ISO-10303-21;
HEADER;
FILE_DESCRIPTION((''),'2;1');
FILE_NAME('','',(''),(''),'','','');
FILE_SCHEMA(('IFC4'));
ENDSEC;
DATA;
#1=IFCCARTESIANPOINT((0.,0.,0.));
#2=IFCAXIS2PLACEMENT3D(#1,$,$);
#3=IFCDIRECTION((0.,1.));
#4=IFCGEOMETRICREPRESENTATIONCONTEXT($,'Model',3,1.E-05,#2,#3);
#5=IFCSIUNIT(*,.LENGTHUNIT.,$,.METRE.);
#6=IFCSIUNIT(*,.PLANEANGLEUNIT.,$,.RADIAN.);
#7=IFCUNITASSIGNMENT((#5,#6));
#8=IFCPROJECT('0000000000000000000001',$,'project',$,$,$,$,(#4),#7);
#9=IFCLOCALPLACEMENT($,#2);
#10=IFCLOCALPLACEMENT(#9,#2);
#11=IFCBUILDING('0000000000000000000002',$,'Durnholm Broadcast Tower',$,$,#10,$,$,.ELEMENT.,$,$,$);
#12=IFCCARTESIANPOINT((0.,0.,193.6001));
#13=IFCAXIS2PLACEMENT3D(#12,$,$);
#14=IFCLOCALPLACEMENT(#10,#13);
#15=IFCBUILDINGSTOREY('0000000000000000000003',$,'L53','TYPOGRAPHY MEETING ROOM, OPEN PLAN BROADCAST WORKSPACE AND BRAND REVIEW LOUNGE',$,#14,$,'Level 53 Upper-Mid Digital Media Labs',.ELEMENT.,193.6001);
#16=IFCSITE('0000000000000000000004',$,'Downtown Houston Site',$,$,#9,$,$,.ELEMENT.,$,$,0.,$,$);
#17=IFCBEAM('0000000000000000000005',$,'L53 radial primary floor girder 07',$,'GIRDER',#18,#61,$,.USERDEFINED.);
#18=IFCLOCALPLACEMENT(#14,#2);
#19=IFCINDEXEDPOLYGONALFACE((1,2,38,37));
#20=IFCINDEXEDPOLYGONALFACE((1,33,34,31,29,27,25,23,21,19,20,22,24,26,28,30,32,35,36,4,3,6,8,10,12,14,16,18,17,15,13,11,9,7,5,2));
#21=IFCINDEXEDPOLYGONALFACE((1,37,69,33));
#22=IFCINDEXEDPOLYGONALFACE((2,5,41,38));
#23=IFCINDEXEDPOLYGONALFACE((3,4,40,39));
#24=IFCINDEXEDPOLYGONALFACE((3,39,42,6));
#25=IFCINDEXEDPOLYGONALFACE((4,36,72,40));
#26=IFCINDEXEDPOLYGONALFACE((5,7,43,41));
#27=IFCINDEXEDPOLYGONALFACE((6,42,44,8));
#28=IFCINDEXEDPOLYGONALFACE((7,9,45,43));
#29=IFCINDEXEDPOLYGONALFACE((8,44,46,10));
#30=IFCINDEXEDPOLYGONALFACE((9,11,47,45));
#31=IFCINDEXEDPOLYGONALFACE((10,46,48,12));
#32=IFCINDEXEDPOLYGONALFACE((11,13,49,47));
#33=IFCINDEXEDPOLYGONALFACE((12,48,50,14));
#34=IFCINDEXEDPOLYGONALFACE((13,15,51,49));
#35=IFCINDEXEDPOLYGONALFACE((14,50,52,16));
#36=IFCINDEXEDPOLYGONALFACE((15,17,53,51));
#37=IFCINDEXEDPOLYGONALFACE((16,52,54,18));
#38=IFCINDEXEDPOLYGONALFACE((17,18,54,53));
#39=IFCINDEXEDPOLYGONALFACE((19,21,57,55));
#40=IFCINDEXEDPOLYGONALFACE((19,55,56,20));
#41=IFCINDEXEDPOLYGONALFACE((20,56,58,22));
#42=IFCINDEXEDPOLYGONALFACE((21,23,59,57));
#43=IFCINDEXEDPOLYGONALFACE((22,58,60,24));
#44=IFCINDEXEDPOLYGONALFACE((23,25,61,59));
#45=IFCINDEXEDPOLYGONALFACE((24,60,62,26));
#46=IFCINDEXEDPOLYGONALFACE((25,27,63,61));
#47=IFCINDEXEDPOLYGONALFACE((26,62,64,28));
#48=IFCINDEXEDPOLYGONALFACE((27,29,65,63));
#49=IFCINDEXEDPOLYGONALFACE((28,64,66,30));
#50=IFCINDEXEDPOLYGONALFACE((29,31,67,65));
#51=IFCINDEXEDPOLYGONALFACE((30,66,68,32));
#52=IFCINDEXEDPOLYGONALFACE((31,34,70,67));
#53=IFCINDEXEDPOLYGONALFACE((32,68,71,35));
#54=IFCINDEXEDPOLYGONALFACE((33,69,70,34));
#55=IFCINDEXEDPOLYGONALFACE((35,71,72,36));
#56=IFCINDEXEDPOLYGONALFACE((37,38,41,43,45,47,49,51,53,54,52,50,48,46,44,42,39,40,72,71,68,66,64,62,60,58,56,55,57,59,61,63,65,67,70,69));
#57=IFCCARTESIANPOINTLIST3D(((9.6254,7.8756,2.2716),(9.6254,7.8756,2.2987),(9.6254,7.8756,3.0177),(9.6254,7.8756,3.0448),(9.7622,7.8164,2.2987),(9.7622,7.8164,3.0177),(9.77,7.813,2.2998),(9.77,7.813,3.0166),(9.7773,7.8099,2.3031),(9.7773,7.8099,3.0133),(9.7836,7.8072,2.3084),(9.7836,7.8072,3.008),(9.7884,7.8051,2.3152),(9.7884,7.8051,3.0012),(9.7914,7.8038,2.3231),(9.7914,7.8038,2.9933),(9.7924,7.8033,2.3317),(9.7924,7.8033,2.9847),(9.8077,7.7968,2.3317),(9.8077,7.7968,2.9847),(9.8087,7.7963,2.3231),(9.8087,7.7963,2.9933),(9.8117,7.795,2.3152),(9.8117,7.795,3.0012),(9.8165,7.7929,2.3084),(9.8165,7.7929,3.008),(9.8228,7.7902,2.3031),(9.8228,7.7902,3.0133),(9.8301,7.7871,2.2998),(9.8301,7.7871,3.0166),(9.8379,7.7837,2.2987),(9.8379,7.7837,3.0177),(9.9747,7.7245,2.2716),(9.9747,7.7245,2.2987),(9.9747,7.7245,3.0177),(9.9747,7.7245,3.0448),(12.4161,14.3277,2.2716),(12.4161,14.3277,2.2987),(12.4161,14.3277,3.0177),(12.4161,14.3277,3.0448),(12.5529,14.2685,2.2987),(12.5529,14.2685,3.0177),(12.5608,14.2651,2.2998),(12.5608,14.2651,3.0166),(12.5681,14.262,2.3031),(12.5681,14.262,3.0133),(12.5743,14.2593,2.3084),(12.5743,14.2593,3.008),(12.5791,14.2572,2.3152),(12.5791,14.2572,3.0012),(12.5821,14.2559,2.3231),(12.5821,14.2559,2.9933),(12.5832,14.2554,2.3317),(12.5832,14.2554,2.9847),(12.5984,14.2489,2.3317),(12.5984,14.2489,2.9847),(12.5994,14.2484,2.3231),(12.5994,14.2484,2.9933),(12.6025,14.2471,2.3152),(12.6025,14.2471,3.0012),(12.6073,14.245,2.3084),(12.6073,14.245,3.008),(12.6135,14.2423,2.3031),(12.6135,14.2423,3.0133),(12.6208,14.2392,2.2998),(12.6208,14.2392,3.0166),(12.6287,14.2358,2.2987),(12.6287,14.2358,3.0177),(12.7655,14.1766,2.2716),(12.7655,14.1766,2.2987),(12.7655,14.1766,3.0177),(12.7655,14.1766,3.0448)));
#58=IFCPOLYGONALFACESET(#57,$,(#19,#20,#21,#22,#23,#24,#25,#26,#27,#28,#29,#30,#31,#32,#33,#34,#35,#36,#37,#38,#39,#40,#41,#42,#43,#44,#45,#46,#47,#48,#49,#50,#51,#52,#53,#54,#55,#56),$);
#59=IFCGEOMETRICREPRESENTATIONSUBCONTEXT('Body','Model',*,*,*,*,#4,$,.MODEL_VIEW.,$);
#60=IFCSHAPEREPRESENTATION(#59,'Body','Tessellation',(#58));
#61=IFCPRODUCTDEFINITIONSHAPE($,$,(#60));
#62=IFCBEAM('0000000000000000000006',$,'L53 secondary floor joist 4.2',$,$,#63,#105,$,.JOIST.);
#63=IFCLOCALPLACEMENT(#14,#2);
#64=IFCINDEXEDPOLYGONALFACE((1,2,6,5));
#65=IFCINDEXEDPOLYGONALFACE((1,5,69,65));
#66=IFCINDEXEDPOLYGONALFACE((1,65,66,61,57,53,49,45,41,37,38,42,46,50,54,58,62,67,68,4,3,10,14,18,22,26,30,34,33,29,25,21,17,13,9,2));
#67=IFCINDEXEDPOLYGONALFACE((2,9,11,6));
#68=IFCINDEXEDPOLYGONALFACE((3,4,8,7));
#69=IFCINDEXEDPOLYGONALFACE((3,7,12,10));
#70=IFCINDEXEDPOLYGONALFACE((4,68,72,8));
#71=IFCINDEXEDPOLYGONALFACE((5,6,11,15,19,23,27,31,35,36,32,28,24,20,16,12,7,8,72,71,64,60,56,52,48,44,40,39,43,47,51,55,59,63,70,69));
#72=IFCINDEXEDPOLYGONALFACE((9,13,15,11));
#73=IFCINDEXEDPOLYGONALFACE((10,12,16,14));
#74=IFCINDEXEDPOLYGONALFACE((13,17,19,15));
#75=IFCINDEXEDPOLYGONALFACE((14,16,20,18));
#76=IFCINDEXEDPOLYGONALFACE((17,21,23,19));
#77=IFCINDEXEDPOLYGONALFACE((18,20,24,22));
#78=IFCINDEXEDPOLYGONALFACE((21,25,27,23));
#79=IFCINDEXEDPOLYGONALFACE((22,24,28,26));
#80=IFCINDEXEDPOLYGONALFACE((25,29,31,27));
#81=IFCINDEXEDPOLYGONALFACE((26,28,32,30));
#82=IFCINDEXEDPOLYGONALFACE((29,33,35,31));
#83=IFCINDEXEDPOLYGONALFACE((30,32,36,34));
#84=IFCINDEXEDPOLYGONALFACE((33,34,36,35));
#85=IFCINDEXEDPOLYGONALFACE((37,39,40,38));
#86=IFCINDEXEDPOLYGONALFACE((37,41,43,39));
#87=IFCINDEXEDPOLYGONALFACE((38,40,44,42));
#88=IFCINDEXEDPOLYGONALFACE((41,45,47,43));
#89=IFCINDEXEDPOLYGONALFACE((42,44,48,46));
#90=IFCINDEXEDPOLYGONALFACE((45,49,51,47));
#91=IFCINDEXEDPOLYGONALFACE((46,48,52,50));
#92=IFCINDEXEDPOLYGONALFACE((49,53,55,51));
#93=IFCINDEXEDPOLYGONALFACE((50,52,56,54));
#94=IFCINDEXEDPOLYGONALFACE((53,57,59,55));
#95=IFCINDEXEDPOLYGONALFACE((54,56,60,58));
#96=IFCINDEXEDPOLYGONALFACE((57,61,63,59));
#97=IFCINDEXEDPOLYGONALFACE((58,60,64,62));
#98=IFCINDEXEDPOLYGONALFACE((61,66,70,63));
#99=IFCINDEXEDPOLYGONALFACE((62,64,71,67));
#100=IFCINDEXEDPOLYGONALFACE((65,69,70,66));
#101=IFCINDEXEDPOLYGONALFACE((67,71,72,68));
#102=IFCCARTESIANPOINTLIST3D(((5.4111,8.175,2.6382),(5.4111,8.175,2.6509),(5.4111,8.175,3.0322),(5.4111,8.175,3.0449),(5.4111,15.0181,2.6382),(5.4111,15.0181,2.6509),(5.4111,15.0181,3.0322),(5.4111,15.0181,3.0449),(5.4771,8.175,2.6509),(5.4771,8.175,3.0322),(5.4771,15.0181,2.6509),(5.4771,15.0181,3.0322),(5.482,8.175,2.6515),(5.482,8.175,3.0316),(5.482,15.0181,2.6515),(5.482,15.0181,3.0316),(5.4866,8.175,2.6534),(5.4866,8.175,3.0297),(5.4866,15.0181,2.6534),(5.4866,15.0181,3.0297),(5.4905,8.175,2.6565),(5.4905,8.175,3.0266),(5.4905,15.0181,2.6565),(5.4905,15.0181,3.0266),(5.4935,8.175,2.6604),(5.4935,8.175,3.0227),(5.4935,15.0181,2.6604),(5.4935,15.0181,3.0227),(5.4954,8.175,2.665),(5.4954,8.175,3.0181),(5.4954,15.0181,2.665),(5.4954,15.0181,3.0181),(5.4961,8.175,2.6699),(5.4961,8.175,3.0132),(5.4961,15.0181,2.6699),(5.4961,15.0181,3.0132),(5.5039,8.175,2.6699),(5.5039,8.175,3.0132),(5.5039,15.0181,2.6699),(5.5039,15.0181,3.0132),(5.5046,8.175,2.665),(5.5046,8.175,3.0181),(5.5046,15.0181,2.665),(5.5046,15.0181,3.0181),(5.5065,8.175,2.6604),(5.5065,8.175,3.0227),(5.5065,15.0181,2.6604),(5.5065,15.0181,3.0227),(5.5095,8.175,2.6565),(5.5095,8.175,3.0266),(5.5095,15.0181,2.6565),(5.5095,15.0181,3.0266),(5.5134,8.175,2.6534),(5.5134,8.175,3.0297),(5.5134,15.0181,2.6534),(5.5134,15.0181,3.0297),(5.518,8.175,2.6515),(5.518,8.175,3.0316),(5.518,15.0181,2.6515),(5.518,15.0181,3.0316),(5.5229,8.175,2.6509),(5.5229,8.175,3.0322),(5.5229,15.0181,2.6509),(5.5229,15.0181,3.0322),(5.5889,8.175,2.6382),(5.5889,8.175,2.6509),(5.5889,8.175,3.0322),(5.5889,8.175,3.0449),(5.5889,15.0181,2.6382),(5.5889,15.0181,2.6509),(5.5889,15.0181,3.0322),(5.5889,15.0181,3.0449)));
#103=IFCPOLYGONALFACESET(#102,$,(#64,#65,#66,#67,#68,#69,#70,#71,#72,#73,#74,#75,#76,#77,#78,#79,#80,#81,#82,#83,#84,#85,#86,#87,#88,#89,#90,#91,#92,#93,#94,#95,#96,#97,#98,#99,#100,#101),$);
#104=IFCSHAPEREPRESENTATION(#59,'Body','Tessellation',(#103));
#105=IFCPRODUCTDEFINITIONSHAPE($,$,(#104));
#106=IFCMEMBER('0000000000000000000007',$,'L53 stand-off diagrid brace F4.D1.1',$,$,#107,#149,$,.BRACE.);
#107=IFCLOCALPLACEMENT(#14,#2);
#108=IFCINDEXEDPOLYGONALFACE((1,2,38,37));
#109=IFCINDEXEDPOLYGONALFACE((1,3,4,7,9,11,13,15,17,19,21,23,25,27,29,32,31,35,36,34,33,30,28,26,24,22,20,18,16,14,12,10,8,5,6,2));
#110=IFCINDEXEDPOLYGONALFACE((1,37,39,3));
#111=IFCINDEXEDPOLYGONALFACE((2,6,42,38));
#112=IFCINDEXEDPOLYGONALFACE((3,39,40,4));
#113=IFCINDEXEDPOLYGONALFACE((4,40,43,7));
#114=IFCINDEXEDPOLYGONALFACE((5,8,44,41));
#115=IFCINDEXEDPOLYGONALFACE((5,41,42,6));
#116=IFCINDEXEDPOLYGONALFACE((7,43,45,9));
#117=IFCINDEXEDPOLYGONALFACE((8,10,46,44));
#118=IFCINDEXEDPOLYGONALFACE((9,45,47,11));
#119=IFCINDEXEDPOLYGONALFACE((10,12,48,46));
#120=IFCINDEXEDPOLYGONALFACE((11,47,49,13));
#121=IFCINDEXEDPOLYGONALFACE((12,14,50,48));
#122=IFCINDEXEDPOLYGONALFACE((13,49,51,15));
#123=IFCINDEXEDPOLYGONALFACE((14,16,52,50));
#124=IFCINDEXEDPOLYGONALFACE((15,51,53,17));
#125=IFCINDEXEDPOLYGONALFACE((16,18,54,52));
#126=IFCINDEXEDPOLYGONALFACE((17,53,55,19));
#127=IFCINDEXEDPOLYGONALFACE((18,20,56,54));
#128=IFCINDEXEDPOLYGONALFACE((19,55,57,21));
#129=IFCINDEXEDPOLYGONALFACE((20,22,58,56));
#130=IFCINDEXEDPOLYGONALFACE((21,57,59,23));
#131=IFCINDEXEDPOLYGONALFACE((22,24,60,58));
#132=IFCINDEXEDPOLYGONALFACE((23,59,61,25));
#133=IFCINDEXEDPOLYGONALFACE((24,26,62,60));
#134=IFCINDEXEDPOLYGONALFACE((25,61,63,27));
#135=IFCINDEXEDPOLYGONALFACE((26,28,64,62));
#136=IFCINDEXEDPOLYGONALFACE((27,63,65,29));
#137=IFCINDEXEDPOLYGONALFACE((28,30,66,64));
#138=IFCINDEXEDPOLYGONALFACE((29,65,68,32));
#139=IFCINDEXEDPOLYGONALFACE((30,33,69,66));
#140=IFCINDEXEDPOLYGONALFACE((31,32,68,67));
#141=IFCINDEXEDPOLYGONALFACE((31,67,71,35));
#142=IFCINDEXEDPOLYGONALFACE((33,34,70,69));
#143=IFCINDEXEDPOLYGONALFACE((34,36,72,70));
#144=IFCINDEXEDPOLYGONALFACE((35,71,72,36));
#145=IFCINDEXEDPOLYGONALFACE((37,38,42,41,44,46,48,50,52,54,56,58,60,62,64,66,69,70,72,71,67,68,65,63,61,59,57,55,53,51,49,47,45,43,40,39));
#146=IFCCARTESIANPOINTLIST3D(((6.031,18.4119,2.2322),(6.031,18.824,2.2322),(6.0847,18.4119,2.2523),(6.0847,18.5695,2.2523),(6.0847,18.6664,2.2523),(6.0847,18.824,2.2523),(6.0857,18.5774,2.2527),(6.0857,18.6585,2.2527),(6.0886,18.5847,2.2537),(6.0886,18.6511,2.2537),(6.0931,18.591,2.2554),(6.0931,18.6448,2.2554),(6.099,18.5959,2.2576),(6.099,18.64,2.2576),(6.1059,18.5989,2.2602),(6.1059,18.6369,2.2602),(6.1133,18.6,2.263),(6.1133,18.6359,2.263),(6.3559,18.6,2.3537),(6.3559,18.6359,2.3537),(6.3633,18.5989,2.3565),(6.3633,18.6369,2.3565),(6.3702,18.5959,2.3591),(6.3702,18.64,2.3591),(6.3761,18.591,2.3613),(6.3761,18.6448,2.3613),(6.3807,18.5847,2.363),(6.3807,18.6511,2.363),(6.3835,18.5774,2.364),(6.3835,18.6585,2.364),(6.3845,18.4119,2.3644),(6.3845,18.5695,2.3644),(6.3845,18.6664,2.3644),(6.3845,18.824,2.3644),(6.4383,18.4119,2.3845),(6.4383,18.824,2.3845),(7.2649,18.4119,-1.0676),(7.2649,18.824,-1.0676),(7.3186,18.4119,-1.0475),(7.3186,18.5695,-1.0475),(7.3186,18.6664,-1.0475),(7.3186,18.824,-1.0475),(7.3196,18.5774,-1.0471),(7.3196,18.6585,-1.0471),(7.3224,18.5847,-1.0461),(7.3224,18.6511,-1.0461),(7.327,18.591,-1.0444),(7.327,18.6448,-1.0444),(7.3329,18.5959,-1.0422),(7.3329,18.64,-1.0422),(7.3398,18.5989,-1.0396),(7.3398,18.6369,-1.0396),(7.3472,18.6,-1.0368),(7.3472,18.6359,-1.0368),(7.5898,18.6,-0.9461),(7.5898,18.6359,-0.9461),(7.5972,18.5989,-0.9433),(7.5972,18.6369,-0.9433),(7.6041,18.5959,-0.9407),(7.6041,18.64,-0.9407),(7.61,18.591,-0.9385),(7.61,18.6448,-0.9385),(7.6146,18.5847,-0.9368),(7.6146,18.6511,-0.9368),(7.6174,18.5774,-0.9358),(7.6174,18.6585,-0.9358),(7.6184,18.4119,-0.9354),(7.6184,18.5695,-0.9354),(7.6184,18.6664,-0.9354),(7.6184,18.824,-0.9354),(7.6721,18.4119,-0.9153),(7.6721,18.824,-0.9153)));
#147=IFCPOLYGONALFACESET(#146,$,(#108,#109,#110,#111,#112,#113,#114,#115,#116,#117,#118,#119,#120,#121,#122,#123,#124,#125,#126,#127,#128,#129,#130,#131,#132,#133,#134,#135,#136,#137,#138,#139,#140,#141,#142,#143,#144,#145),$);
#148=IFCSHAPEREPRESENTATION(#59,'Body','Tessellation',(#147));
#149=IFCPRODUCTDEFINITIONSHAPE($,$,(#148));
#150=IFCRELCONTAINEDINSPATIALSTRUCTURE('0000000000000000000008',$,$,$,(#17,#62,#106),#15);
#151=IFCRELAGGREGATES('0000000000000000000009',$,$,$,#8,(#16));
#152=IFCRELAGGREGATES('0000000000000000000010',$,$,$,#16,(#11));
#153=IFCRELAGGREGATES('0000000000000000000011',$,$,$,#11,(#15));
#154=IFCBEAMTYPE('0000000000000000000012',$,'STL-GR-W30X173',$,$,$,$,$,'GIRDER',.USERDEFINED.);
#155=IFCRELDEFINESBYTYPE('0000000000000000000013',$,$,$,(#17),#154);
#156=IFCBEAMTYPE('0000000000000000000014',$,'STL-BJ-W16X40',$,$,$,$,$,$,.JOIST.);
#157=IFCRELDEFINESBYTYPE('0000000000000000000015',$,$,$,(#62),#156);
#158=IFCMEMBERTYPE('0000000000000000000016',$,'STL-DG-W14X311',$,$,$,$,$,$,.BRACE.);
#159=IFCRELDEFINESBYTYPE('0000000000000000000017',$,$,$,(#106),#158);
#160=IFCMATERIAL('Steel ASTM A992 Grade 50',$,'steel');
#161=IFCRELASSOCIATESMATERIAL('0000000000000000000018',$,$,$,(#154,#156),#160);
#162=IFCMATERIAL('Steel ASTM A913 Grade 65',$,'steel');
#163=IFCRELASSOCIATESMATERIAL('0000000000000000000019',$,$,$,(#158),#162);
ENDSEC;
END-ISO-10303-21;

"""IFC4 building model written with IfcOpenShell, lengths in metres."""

from ifc_helpers import new_model, si_unit, direction, frame, origin, origin_2d, place, context, subcontext, project, spatial, i_section, extrude, source, transform, mapped, material, material_profile, profile_set, type_object, type_shapes, element, save


model = new_model("IFC4")

# Units and contexts
model_context = context("Model", 3, precision=1e-05, world=origin(), true_north=direction((0.0, 1.0)))
body_context = subcontext(model_context, "Body", "Model", "MODEL_VIEW")
ifc_project = project(units=[si_unit("LENGTHUNIT", "METRE"), si_unit("PLANEANGLEUNIT", "RADIAN")], contexts=[model_context])

# Site, building, storey
site_placement = place(None, origin())
site = spatial("IfcSite", under=ifc_project, at=site_placement, Name="Downtown Houston Site", CompositionType="ELEMENT", RefElevation=0.0)
building_placement = place(site_placement, origin())
building = spatial("IfcBuilding", under=site, at=building_placement, Name="Durnholm Broadcast Tower", CompositionType="ELEMENT")
storey_placement = place(building_placement, frame((0.0, 0.0, 193.6001)))
storey = spatial("IfcBuildingStorey", under=building, at=storey_placement, Name="L53", Description="TYPOGRAPHY MEETING ROOM, OPEN PLAN BROADCAST WORKSPACE AND BRAND REVIEW LOUNGE", LongName="Level 53 Upper-Mid Digital Media Labs", CompositionType="ELEMENT", Elevation=193.6001)

# Beams
ifc_material_1 = material(Name="Steel ASTM A992 Grade 50", Category="steel")
ifc_material_profile_1 = material_profile(ifc_material_1, i_section(OverallWidth=0.3806, OverallDepth=0.7732, WebThickness=0.0166, FlangeThickness=0.0271, FilletRadius=0.033, at=origin_2d()), Name="W30X173")
ifc_profile_set_1 = profile_set([ifc_material_profile_1], Name="Steel ASTM A992 Grade 50")
beam_type_1 = type_object("IfcBeamType", Name="STL-GR-W30X173", ElementType="GIRDER", PredefinedType="USERDEFINED", material=ifc_profile_set_1)
shared_shape_1 = source(origin(), body_context, "Body", "SweptSolid", [
    extrude(i_section(OverallWidth=0.3806, OverallDepth=0.7732, WebThickness=0.0166, FlangeThickness=0.0271, FilletRadius=0.033, at=origin_2d()), origin(), (0.0, 0.0, 1.0), 7.0298),
])
beam_1_placement = place(storey_placement, frame((9.8, 7.8, 2.6582), z_axis=(0.396989, 0.917823, 0.0), x_axis=(-0.917823, 0.396989, 0.0)))
element("IfcBeam", 1, at=beam_1_placement, inside=storey, type_object=beam_type_1, Name="L53 radial primary floor girder 07", ObjectType="GIRDER", PredefinedType="USERDEFINED", context=body_context, shape_type="MappedRepresentation", body=[
    mapped(shared_shape_1, transform((0.0, 0.0, 0.0), x_axis=(1.0, 0.0, 0.0), y_axis=(0.0, 1.0, 0.0), z_axis=(0.0, 0.0, 1.0), scale=1.0)),
])
ifc_material_profile_2 = material_profile(ifc_material_1, i_section(OverallWidth=0.1777, OverallDepth=0.4067, WebThickness=0.0078, FlangeThickness=0.0127, FilletRadius=0.019, at=origin_2d()), Name="W16X40")
ifc_profile_set_2 = profile_set([ifc_material_profile_2], Name="Steel ASTM A992 Grade 50")
beam_type_2 = type_object("IfcBeamType", Name="STL-BJ-W16X40", PredefinedType="JOIST", material=ifc_profile_set_2)
shared_shape_2 = source(origin(), body_context, "Body", "SweptSolid", [
    extrude(i_section(OverallWidth=0.1777, OverallDepth=0.4067, WebThickness=0.0078, FlangeThickness=0.0127, FilletRadius=0.019, at=origin_2d()), origin(), (0.0, 0.0, 1.0), 6.843),
])
type_shapes(beam_type_2, [shared_shape_2])
beam_2_placement = place(storey_placement, frame((5.5, 8.175, 2.8416), z_axis=(0.0, 1.0, 0.0), x_axis=(-1.0, 0.0, 0.0)))
element("IfcBeam", 2, at=beam_2_placement, inside=storey, type_object=beam_type_2, Name="L53 secondary floor joist 4.2", PredefinedType="JOIST", context=body_context, shape_type="MappedRepresentation", body=[
    mapped(shared_shape_2, transform((0.0, 0.0, 0.0), x_axis=(1.0, 0.0, 0.0), y_axis=(0.0, 1.0, 0.0), z_axis=(0.0, 0.0, 1.0), scale=1.0)),
])

# Member
ifc_material_2 = material(Name="Steel ASTM A913 Grade 65", Category="steel")
ifc_material_profile_3 = material_profile(ifc_material_2, i_section(OverallWidth=0.4121, OverallDepth=0.4348, WebThickness=0.0359, FlangeThickness=0.0574, FilletRadius=0.0305, at=origin_2d()), Name="W14X311")
ifc_profile_set_3 = profile_set([ifc_material_profile_3], Name="Steel ASTM A913 Grade 65")
member_type_1 = type_object("IfcMemberType", Name="STL-DG-W14X311", PredefinedType="BRACE", material=ifc_profile_set_3)
shared_shape_3 = source(origin(), body_context, "Body", "SweptSolid", [
    extrude(i_section(OverallWidth=0.4121, OverallDepth=0.4348, WebThickness=0.0359, FlangeThickness=0.0574, FilletRadius=0.0305, at=origin_2d()), origin(), (0.0, 0.0, 1.0), 3.5229),
])
type_shapes(member_type_1, [shared_shape_3])
for number, where, z_axis, x_axis, name in (
    (3, (7.4685, 18.6179, -0.9915), (-0.350242, 0.0, 0.936659), (0.0, -1.0, 0.0), "L53 stand-off diagrid brace F4.D1.1"),
):
    element("IfcMember", number, at=place(storey_placement, frame(where, z_axis=z_axis, x_axis=x_axis)), inside=storey, type_object=member_type_1, Name=name, PredefinedType="BRACE", context=body_context, shape_type="MappedRepresentation", body=[
        mapped(shared_shape_3, transform((0.0, 0.0, 0.0), x_axis=(1.0, 0.0, 0.0), y_axis=(0.0, 1.0, 0.0), z_axis=(0.0, 0.0, 1.0), scale=1.0)),
    ])

save(model, "model.ifc")
